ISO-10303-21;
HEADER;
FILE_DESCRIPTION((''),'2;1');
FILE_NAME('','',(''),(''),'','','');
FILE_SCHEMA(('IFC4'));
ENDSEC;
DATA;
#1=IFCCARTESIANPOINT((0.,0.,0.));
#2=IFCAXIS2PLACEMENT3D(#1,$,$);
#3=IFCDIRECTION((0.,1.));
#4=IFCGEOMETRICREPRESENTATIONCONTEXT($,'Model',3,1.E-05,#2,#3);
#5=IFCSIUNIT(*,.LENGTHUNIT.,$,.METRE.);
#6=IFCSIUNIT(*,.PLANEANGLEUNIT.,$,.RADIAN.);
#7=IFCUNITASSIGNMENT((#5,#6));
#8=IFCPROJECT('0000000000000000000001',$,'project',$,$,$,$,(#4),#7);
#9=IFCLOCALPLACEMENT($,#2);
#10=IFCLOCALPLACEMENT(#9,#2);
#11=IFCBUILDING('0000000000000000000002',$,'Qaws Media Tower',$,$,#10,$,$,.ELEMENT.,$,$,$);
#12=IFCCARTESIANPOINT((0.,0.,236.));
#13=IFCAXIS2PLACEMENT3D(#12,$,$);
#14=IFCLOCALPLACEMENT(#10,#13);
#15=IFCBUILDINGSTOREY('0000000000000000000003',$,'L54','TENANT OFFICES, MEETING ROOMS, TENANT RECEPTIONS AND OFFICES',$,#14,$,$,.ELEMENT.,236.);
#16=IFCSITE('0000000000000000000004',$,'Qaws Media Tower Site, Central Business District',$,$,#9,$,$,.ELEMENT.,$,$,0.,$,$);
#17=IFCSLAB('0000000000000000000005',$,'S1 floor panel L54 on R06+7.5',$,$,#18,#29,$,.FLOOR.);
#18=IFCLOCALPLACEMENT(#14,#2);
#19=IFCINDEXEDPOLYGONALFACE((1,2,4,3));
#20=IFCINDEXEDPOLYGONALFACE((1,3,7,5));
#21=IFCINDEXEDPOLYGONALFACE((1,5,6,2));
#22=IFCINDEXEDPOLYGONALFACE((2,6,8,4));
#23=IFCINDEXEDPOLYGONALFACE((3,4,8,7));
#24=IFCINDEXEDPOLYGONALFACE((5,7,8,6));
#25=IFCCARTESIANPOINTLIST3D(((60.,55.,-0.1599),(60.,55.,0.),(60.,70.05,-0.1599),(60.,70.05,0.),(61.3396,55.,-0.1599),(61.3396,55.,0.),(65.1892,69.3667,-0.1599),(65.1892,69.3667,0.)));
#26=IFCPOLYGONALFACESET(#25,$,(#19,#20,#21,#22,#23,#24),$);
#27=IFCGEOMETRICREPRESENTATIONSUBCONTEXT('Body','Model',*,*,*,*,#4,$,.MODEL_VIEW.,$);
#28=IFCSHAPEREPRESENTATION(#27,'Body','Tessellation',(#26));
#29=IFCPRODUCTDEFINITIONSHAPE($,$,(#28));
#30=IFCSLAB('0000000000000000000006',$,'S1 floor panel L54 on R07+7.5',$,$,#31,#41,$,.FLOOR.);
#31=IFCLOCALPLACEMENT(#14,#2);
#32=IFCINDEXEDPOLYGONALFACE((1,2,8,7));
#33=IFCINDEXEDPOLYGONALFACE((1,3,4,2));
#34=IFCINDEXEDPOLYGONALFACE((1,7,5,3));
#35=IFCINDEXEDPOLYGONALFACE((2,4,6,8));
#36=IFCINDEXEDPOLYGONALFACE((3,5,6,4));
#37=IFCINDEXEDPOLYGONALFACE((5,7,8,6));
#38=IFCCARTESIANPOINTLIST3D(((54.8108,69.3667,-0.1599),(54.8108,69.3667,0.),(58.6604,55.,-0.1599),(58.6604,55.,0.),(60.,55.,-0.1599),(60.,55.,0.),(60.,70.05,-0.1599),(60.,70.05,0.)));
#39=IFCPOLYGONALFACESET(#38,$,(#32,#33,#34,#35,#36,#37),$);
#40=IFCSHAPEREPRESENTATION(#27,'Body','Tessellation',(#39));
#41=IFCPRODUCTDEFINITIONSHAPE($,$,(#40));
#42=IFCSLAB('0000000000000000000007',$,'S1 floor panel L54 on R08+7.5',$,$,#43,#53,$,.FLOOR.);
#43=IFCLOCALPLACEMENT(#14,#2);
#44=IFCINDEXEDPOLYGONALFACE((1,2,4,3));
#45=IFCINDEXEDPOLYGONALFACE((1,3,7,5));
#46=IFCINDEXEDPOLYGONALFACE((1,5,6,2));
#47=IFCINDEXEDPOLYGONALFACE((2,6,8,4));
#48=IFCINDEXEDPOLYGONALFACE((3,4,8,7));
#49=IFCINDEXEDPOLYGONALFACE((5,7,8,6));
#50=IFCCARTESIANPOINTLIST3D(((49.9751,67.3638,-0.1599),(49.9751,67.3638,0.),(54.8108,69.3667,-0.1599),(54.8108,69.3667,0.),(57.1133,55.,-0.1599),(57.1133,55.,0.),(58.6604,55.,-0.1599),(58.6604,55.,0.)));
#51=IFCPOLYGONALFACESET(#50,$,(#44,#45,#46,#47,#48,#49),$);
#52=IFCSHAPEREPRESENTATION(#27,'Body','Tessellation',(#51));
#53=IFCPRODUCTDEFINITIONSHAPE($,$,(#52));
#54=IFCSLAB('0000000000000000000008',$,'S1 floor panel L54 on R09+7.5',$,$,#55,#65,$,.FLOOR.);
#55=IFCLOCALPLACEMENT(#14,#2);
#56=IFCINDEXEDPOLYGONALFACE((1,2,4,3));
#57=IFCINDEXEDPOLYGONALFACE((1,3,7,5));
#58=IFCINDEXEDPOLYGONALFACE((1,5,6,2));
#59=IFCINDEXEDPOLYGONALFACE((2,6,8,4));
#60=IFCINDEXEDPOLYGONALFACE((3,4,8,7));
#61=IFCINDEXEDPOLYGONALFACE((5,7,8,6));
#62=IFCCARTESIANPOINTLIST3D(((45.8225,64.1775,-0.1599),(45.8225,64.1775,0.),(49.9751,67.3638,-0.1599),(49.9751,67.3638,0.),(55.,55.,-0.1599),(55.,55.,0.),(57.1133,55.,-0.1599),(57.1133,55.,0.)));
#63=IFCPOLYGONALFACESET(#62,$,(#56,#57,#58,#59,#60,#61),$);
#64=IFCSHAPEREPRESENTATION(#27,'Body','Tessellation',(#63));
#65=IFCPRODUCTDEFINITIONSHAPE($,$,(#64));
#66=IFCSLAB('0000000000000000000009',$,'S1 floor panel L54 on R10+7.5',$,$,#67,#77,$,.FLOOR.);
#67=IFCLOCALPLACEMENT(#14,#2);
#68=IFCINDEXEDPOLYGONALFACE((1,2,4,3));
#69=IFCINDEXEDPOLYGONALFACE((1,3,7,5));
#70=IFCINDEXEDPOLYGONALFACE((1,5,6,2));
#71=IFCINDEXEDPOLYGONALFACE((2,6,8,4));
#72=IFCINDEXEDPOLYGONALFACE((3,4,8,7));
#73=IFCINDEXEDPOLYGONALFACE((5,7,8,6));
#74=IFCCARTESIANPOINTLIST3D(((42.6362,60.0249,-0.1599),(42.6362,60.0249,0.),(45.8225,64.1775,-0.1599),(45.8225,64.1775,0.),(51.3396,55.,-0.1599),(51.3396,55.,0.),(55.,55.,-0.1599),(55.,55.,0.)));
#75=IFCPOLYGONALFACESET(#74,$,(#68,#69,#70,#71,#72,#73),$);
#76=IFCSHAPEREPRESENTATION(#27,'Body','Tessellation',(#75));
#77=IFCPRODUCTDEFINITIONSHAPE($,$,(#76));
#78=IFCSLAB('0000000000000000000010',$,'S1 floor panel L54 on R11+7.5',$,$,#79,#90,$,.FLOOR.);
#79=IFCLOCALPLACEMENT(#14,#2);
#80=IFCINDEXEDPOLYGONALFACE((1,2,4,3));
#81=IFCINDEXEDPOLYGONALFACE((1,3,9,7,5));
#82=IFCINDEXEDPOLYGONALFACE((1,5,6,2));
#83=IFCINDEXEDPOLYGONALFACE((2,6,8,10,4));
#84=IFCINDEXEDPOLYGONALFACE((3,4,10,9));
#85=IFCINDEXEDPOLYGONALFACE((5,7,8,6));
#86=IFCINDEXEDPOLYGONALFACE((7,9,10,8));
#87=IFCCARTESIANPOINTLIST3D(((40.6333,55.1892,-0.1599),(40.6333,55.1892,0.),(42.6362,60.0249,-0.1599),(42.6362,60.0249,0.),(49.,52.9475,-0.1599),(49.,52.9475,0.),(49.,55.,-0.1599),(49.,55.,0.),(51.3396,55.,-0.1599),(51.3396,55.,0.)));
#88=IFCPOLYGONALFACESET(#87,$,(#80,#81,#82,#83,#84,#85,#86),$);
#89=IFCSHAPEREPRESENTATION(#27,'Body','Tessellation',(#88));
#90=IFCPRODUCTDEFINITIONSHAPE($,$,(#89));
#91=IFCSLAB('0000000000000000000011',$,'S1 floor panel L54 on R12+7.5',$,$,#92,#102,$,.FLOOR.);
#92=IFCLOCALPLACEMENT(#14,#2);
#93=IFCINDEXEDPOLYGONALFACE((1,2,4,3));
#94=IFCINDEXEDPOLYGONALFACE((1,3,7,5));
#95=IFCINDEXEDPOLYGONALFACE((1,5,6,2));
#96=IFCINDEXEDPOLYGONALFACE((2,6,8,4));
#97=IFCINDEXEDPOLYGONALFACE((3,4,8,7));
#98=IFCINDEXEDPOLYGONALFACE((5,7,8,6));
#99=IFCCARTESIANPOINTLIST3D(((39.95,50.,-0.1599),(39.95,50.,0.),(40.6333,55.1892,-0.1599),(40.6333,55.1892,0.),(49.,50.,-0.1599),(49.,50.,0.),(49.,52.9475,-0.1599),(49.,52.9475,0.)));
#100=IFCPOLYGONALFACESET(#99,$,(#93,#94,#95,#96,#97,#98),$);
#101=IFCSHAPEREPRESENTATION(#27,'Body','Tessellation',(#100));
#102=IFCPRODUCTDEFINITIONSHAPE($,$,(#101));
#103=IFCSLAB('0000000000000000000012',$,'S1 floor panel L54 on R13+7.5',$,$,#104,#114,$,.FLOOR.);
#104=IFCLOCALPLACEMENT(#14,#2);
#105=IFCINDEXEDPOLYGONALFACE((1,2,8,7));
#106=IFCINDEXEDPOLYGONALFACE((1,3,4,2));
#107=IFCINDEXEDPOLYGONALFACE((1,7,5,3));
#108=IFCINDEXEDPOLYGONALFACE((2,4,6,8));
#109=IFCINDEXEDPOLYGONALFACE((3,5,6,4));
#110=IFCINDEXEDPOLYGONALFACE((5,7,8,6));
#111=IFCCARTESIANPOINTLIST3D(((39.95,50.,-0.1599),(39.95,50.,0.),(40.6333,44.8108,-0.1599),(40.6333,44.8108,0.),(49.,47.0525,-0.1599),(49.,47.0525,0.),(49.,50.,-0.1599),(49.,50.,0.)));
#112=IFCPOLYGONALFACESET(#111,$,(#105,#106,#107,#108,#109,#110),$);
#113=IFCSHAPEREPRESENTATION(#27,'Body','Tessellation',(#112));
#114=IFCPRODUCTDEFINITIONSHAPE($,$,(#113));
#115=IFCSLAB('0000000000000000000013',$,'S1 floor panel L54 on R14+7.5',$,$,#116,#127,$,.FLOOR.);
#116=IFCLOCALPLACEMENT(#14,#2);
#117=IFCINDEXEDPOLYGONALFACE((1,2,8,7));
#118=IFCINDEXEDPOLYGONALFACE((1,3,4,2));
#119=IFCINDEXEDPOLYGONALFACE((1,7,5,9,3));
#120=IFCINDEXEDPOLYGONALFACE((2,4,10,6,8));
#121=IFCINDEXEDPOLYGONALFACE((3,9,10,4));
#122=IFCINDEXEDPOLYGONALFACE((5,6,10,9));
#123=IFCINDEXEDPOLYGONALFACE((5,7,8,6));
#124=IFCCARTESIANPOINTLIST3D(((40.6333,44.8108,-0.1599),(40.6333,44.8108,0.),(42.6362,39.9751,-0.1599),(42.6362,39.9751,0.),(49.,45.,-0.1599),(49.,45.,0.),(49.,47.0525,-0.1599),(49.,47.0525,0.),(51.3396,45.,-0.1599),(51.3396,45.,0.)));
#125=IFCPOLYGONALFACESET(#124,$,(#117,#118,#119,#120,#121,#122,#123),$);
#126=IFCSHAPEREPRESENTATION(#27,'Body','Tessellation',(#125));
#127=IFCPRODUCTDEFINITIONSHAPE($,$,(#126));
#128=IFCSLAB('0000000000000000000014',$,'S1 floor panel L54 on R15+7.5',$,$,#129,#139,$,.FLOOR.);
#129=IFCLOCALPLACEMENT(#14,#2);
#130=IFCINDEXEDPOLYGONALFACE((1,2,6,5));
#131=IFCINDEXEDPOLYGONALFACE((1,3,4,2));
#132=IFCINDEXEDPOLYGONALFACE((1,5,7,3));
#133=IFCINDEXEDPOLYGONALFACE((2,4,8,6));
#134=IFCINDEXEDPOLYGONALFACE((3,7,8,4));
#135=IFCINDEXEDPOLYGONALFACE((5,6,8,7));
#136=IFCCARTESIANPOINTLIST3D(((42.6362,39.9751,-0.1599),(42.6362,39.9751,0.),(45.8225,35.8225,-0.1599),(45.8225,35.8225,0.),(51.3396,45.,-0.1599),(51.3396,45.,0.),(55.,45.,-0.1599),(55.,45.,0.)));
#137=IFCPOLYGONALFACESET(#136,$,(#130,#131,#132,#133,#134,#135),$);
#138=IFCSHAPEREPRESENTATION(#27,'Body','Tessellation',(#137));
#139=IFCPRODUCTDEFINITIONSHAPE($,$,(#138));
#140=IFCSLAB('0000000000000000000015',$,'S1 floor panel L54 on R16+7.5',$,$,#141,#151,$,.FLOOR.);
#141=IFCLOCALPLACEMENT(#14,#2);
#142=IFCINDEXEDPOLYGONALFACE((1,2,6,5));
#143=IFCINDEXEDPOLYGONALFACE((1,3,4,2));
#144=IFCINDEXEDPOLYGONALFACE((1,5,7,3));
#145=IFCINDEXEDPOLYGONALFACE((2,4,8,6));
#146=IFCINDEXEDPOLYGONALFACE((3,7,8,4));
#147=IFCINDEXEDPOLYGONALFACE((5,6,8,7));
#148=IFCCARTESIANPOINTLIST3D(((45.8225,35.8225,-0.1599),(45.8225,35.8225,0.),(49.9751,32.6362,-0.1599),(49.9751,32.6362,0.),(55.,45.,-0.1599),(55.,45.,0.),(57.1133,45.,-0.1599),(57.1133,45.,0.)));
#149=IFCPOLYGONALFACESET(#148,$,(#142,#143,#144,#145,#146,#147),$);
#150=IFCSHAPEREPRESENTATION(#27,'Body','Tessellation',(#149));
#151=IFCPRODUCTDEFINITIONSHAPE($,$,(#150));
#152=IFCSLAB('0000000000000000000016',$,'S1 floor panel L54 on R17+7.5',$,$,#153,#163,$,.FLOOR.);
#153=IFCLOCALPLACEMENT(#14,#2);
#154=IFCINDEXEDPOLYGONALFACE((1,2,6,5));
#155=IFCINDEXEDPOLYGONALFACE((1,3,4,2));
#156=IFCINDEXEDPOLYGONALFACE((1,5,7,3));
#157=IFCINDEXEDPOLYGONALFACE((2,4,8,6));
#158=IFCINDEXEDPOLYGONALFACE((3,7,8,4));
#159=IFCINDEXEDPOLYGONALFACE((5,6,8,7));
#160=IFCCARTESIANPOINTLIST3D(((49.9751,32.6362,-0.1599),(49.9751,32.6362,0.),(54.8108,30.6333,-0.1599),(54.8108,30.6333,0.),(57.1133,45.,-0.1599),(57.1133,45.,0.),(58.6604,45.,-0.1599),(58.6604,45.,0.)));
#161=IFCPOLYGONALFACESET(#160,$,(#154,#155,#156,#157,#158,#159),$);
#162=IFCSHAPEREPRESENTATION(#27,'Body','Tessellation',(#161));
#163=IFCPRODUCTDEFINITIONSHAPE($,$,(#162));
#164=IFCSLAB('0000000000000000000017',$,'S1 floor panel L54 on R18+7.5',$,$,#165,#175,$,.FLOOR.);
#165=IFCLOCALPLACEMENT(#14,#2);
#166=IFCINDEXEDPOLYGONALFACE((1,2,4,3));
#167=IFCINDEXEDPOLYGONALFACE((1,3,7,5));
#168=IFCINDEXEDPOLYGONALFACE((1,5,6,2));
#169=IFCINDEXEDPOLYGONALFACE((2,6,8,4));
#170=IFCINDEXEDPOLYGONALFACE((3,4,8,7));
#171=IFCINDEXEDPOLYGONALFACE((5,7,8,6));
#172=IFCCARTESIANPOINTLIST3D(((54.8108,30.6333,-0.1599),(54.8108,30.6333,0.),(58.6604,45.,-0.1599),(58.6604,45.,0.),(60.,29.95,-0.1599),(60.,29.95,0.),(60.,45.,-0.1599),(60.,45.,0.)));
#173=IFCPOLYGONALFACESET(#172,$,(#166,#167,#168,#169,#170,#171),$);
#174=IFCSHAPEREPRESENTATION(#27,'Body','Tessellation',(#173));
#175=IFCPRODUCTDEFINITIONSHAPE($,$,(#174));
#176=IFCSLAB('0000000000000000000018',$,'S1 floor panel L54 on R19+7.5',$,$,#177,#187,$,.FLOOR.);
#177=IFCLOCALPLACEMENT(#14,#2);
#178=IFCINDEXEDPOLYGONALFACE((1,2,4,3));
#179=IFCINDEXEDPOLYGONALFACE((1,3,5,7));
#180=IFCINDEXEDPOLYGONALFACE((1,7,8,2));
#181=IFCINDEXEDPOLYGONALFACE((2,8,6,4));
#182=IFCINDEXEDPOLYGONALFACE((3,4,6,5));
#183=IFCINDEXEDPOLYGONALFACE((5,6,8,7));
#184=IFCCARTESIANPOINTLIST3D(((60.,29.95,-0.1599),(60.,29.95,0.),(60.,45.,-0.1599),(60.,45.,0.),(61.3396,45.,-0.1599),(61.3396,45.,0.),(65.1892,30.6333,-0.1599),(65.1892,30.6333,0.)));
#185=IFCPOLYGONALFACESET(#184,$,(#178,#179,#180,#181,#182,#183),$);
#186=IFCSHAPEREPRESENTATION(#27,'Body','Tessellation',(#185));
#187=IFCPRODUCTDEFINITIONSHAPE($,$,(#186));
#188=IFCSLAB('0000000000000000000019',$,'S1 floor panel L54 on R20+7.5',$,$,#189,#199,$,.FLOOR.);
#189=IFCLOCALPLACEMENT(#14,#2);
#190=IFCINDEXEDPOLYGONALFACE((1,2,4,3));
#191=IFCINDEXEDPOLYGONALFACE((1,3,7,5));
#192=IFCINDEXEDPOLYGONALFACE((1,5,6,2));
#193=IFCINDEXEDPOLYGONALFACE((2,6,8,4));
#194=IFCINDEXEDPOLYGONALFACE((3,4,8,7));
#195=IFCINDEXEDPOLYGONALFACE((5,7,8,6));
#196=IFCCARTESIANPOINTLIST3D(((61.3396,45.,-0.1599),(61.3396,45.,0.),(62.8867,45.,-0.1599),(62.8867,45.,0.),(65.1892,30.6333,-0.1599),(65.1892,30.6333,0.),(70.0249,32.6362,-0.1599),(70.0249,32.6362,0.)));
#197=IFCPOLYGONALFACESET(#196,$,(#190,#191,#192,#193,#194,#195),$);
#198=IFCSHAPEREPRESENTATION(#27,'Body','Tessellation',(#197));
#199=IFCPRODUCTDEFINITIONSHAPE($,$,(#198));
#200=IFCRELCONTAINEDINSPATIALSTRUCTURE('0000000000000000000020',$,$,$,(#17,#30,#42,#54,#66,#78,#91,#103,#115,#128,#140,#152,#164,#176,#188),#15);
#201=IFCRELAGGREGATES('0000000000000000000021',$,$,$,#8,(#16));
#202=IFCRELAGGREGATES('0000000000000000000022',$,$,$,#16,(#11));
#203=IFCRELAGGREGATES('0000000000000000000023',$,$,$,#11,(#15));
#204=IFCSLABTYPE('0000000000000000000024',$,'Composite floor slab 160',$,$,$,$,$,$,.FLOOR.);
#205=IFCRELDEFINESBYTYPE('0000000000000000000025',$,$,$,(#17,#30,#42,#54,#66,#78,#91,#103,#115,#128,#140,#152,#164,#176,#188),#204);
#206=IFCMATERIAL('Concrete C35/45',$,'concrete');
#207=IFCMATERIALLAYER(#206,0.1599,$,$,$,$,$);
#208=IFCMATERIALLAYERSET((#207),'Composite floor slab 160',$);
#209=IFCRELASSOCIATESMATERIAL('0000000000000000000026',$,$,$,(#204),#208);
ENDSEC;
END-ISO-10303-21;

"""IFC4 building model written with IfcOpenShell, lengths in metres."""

from ifc_helpers import new_model, si_unit, direction, frame, origin, place, context, subcontext, project, spatial, polyline, outline, extrude, material, layer, layer_set, type_object, element, save


model = new_model("IFC4")

# Units and contexts
model_context = context("Model", 3, precision=1e-05, world=origin(), true_north=direction((0.0, 1.0)))
body_context = subcontext(model_context, "Body", "Model", "MODEL_VIEW")
ifc_project = project(units=[si_unit("LENGTHUNIT", "METRE"), si_unit("PLANEANGLEUNIT", "RADIAN")], contexts=[model_context])

# Site, building, storey
site_placement = place(None, origin())
site = spatial("IfcSite", under=ifc_project, at=site_placement, Name="Qaws Media Tower Site, Central Business District", CompositionType="ELEMENT", RefElevation=0.0)
building_placement = place(site_placement, origin())
building = spatial("IfcBuilding", under=site, at=building_placement, Name="Qaws Media Tower", CompositionType="ELEMENT")
storey_placement = place(building_placement, frame((0.0, 0.0, 236.0)))
storey = spatial("IfcBuildingStorey", under=building, at=storey_placement, Name="L54", Description="TENANT OFFICES, MEETING ROOMS, TENANT RECEPTIONS AND OFFICES", CompositionType="ELEMENT", Elevation=236.0)

# Slabs
ifc_material_1 = material(Name="Concrete C35/45", Category="concrete")
ifc_layer_1 = layer(ifc_material_1, 0.1599)
ifc_layer_set_1 = layer_set([ifc_layer_1], Name="Composite floor slab 160")
slab_type_1 = type_object("IfcSlabType", Name="Composite floor slab 160", PredefinedType="FLOOR", material=ifc_layer_set_1)
slab_1_placement = place(storey_placement, frame((0.0, 0.0, -0.1599)))
element("IfcSlab", 1, at=slab_1_placement, inside=storey, type_object=slab_type_1, Name="S1 floor panel L54 on R06+7.5", PredefinedType="FLOOR", context=body_context, shape_type="SweptSolid", body=[
    extrude(outline(polyline([(65.1892, 69.3667), (61.3396, 55.0), (60.0, 55.0), (60.0, 70.05), (65.1892, 69.3667)])), origin(), (0.0, 0.0, 1.0), 0.1599),
])
slab_2_placement = place(storey_placement, frame((0.0, 0.0, -0.1599)))
element("IfcSlab", 2, at=slab_2_placement, inside=storey, type_object=slab_type_1, Name="S1 floor panel L54 on R07+7.5", PredefinedType="FLOOR", context=body_context, shape_type="SweptSolid", body=[
    extrude(outline(polyline([(54.8108, 69.3667), (60.0, 70.05), (60.0, 55.0), (58.6604, 55.0), (54.8108, 69.3667)])), origin(), (0.0, 0.0, 1.0), 0.1599),
])
slab_3_placement = place(storey_placement, frame((0.0, 0.0, -0.1599)))
element("IfcSlab", 3, at=slab_3_placement, inside=storey, type_object=slab_type_1, Name="S1 floor panel L54 on R08+7.5", PredefinedType="FLOOR", context=body_context, shape_type="SweptSolid", body=[
    extrude(outline(polyline([(54.8108, 69.3667), (58.6604, 55.0), (57.1133, 55.0), (49.9751, 67.3638), (54.8108, 69.3667)])), origin(), (0.0, 0.0, 1.0), 0.1599),
])
slab_4_placement = place(storey_placement, frame((0.0, 0.0, -0.1599)))
element("IfcSlab", 4, at=slab_4_placement, inside=storey, type_object=slab_type_1, Name="S1 floor panel L54 on R09+7.5", PredefinedType="FLOOR", context=body_context, shape_type="SweptSolid", body=[
    extrude(outline(polyline([(45.8225, 64.1775), (49.9751, 67.3638), (57.1133, 55.0), (55.0, 55.0), (45.8225, 64.1775)])), origin(), (0.0, 0.0, 1.0), 0.1599),
])
slab_5_placement = place(storey_placement, frame((0.0, 0.0, -0.1599)))
element("IfcSlab", 5, at=slab_5_placement, inside=storey, type_object=slab_type_1, Name="S1 floor panel L54 on R10+7.5", PredefinedType="FLOOR", context=body_context, shape_type="SweptSolid", body=[
    extrude(outline(polyline([(42.6362, 60.0249), (45.8225, 64.1775), (55.0, 55.0), (51.3396, 55.0), (42.6362, 60.0249)])), origin(), (0.0, 0.0, 1.0), 0.1599),
])
slab_6_placement = place(storey_placement, frame((0.0, 0.0, -0.1599)))
element("IfcSlab", 6, at=slab_6_placement, inside=storey, type_object=slab_type_1, Name="S1 floor panel L54 on R11+7.5", PredefinedType="FLOOR", context=body_context, shape_type="SweptSolid", body=[
    extrude(outline(polyline([(42.6362, 60.0249), (51.3396, 55.0), (49.0, 55.0), (49.0, 52.9475), (40.6333, 55.1892), (42.6362, 60.0249)])), origin(), (0.0, 0.0, 1.0), 0.1599),
])
slab_7_placement = place(storey_placement, frame((0.0, 0.0, -0.1599)))
element("IfcSlab", 7, at=slab_7_placement, inside=storey, type_object=slab_type_1, Name="S1 floor panel L54 on R12+7.5", PredefinedType="FLOOR", context=body_context, shape_type="SweptSolid", body=[
    extrude(outline(polyline([(40.6333, 55.1892), (49.0, 52.9475), (49.0, 50.0), (39.95, 50.0), (40.6333, 55.1892)])), origin(), (0.0, 0.0, 1.0), 0.1599),
])
slab_8_placement = place(storey_placement, frame((0.0, 0.0, -0.1599)))
element("IfcSlab", 8, at=slab_8_placement, inside=storey, type_object=slab_type_1, Name="S1 floor panel L54 on R13+7.5", PredefinedType="FLOOR", context=body_context, shape_type="SweptSolid", body=[
    extrude(outline(polyline([(40.6333, 44.8108), (39.95, 50.0), (49.0, 50.0), (49.0, 47.0525), (40.6333, 44.8108)])), origin(), (0.0, 0.0, 1.0), 0.1599),
])
slab_9_placement = place(storey_placement, frame((0.0, 0.0, -0.1599)))
element("IfcSlab", 9, at=slab_9_placement, inside=storey, type_object=slab_type_1, Name="S1 floor panel L54 on R14+7.5", PredefinedType="FLOOR", context=body_context, shape_type="SweptSolid", body=[
    extrude(outline(polyline([(40.6333, 44.8108), (49.0, 47.0525), (49.0, 45.0), (51.3396, 45.0), (42.6362, 39.9751), (40.6333, 44.8108)])), origin(), (0.0, 0.0, 1.0), 0.1599),
])
slab_10_placement = place(storey_placement, frame((0.0, 0.0, -0.1599)))
element("IfcSlab", 10, at=slab_10_placement, inside=storey, type_object=slab_type_1, Name="S1 floor panel L54 on R15+7.5", PredefinedType="FLOOR", context=body_context, shape_type="SweptSolid", body=[
    extrude(outline(polyline([(42.6362, 39.9751), (51.3396, 45.0), (55.0, 45.0), (45.8225, 35.8225), (42.6362, 39.9751)])), origin(), (0.0, 0.0, 1.0), 0.1599),
])
slab_11_placement = place(storey_placement, frame((0.0, 0.0, -0.1599)))
element("IfcSlab", 11, at=slab_11_placement, inside=storey, type_object=slab_type_1, Name="S1 floor panel L54 on R16+7.5", PredefinedType="FLOOR", context=body_context, shape_type="SweptSolid", body=[
    extrude(outline(polyline([(49.9751, 32.6362), (45.8225, 35.8225), (55.0, 45.0), (57.1133, 45.0), (49.9751, 32.6362)])), origin(), (0.0, 0.0, 1.0), 0.1599),
])
slab_12_placement = place(storey_placement, frame((0.0, 0.0, -0.1599)))
element("IfcSlab", 12, at=slab_12_placement, inside=storey, type_object=slab_type_1, Name="S1 floor panel L54 on R17+7.5", PredefinedType="FLOOR", context=body_context, shape_type="SweptSolid", body=[
    extrude(outline(polyline([(49.9751, 32.6362), (57.1133, 45.0), (58.6604, 45.0), (54.8108, 30.6333), (49.9751, 32.6362)])), origin(), (0.0, 0.0, 1.0), 0.1599),
])
slab_13_placement = place(storey_placement, frame((0.0, 0.0, -0.1599)))
element("IfcSlab", 13, at=slab_13_placement, inside=storey, type_object=slab_type_1, Name="S1 floor panel L54 on R18+7.5", PredefinedType="FLOOR", context=body_context, shape_type="SweptSolid", body=[
    extrude(outline(polyline([(54.8108, 30.6333), (58.6604, 45.0), (60.0, 45.0), (60.0, 29.95), (54.8108, 30.6333)])), origin(), (0.0, 0.0, 1.0), 0.1599),
])
slab_14_placement = place(storey_placement, frame((0.0, 0.0, -0.1599)))
element("IfcSlab", 14, at=slab_14_placement, inside=storey, type_object=slab_type_1, Name="S1 floor panel L54 on R19+7.5", PredefinedType="FLOOR", context=body_context, shape_type="SweptSolid", body=[
    extrude(outline(polyline([(65.1892, 30.6333), (60.0, 29.95), (60.0, 45.0), (61.3396, 45.0), (65.1892, 30.6333)])), origin(), (0.0, 0.0, 1.0), 0.1599),
])
slab_15_placement = place(storey_placement, frame((0.0, 0.0, -0.1599)))
element("IfcSlab", 15, at=slab_15_placement, inside=storey, type_object=slab_type_1, Name="S1 floor panel L54 on R20+7.5", PredefinedType="FLOOR", context=body_context, shape_type="SweptSolid", body=[
    extrude(outline(polyline([(65.1892, 30.6333), (61.3396, 45.0), (62.8867, 45.0), (70.0249, 32.6362), (65.1892, 30.6333)])), origin(), (0.0, 0.0, 1.0), 0.1599),
])

save(model, "model.ifc")
